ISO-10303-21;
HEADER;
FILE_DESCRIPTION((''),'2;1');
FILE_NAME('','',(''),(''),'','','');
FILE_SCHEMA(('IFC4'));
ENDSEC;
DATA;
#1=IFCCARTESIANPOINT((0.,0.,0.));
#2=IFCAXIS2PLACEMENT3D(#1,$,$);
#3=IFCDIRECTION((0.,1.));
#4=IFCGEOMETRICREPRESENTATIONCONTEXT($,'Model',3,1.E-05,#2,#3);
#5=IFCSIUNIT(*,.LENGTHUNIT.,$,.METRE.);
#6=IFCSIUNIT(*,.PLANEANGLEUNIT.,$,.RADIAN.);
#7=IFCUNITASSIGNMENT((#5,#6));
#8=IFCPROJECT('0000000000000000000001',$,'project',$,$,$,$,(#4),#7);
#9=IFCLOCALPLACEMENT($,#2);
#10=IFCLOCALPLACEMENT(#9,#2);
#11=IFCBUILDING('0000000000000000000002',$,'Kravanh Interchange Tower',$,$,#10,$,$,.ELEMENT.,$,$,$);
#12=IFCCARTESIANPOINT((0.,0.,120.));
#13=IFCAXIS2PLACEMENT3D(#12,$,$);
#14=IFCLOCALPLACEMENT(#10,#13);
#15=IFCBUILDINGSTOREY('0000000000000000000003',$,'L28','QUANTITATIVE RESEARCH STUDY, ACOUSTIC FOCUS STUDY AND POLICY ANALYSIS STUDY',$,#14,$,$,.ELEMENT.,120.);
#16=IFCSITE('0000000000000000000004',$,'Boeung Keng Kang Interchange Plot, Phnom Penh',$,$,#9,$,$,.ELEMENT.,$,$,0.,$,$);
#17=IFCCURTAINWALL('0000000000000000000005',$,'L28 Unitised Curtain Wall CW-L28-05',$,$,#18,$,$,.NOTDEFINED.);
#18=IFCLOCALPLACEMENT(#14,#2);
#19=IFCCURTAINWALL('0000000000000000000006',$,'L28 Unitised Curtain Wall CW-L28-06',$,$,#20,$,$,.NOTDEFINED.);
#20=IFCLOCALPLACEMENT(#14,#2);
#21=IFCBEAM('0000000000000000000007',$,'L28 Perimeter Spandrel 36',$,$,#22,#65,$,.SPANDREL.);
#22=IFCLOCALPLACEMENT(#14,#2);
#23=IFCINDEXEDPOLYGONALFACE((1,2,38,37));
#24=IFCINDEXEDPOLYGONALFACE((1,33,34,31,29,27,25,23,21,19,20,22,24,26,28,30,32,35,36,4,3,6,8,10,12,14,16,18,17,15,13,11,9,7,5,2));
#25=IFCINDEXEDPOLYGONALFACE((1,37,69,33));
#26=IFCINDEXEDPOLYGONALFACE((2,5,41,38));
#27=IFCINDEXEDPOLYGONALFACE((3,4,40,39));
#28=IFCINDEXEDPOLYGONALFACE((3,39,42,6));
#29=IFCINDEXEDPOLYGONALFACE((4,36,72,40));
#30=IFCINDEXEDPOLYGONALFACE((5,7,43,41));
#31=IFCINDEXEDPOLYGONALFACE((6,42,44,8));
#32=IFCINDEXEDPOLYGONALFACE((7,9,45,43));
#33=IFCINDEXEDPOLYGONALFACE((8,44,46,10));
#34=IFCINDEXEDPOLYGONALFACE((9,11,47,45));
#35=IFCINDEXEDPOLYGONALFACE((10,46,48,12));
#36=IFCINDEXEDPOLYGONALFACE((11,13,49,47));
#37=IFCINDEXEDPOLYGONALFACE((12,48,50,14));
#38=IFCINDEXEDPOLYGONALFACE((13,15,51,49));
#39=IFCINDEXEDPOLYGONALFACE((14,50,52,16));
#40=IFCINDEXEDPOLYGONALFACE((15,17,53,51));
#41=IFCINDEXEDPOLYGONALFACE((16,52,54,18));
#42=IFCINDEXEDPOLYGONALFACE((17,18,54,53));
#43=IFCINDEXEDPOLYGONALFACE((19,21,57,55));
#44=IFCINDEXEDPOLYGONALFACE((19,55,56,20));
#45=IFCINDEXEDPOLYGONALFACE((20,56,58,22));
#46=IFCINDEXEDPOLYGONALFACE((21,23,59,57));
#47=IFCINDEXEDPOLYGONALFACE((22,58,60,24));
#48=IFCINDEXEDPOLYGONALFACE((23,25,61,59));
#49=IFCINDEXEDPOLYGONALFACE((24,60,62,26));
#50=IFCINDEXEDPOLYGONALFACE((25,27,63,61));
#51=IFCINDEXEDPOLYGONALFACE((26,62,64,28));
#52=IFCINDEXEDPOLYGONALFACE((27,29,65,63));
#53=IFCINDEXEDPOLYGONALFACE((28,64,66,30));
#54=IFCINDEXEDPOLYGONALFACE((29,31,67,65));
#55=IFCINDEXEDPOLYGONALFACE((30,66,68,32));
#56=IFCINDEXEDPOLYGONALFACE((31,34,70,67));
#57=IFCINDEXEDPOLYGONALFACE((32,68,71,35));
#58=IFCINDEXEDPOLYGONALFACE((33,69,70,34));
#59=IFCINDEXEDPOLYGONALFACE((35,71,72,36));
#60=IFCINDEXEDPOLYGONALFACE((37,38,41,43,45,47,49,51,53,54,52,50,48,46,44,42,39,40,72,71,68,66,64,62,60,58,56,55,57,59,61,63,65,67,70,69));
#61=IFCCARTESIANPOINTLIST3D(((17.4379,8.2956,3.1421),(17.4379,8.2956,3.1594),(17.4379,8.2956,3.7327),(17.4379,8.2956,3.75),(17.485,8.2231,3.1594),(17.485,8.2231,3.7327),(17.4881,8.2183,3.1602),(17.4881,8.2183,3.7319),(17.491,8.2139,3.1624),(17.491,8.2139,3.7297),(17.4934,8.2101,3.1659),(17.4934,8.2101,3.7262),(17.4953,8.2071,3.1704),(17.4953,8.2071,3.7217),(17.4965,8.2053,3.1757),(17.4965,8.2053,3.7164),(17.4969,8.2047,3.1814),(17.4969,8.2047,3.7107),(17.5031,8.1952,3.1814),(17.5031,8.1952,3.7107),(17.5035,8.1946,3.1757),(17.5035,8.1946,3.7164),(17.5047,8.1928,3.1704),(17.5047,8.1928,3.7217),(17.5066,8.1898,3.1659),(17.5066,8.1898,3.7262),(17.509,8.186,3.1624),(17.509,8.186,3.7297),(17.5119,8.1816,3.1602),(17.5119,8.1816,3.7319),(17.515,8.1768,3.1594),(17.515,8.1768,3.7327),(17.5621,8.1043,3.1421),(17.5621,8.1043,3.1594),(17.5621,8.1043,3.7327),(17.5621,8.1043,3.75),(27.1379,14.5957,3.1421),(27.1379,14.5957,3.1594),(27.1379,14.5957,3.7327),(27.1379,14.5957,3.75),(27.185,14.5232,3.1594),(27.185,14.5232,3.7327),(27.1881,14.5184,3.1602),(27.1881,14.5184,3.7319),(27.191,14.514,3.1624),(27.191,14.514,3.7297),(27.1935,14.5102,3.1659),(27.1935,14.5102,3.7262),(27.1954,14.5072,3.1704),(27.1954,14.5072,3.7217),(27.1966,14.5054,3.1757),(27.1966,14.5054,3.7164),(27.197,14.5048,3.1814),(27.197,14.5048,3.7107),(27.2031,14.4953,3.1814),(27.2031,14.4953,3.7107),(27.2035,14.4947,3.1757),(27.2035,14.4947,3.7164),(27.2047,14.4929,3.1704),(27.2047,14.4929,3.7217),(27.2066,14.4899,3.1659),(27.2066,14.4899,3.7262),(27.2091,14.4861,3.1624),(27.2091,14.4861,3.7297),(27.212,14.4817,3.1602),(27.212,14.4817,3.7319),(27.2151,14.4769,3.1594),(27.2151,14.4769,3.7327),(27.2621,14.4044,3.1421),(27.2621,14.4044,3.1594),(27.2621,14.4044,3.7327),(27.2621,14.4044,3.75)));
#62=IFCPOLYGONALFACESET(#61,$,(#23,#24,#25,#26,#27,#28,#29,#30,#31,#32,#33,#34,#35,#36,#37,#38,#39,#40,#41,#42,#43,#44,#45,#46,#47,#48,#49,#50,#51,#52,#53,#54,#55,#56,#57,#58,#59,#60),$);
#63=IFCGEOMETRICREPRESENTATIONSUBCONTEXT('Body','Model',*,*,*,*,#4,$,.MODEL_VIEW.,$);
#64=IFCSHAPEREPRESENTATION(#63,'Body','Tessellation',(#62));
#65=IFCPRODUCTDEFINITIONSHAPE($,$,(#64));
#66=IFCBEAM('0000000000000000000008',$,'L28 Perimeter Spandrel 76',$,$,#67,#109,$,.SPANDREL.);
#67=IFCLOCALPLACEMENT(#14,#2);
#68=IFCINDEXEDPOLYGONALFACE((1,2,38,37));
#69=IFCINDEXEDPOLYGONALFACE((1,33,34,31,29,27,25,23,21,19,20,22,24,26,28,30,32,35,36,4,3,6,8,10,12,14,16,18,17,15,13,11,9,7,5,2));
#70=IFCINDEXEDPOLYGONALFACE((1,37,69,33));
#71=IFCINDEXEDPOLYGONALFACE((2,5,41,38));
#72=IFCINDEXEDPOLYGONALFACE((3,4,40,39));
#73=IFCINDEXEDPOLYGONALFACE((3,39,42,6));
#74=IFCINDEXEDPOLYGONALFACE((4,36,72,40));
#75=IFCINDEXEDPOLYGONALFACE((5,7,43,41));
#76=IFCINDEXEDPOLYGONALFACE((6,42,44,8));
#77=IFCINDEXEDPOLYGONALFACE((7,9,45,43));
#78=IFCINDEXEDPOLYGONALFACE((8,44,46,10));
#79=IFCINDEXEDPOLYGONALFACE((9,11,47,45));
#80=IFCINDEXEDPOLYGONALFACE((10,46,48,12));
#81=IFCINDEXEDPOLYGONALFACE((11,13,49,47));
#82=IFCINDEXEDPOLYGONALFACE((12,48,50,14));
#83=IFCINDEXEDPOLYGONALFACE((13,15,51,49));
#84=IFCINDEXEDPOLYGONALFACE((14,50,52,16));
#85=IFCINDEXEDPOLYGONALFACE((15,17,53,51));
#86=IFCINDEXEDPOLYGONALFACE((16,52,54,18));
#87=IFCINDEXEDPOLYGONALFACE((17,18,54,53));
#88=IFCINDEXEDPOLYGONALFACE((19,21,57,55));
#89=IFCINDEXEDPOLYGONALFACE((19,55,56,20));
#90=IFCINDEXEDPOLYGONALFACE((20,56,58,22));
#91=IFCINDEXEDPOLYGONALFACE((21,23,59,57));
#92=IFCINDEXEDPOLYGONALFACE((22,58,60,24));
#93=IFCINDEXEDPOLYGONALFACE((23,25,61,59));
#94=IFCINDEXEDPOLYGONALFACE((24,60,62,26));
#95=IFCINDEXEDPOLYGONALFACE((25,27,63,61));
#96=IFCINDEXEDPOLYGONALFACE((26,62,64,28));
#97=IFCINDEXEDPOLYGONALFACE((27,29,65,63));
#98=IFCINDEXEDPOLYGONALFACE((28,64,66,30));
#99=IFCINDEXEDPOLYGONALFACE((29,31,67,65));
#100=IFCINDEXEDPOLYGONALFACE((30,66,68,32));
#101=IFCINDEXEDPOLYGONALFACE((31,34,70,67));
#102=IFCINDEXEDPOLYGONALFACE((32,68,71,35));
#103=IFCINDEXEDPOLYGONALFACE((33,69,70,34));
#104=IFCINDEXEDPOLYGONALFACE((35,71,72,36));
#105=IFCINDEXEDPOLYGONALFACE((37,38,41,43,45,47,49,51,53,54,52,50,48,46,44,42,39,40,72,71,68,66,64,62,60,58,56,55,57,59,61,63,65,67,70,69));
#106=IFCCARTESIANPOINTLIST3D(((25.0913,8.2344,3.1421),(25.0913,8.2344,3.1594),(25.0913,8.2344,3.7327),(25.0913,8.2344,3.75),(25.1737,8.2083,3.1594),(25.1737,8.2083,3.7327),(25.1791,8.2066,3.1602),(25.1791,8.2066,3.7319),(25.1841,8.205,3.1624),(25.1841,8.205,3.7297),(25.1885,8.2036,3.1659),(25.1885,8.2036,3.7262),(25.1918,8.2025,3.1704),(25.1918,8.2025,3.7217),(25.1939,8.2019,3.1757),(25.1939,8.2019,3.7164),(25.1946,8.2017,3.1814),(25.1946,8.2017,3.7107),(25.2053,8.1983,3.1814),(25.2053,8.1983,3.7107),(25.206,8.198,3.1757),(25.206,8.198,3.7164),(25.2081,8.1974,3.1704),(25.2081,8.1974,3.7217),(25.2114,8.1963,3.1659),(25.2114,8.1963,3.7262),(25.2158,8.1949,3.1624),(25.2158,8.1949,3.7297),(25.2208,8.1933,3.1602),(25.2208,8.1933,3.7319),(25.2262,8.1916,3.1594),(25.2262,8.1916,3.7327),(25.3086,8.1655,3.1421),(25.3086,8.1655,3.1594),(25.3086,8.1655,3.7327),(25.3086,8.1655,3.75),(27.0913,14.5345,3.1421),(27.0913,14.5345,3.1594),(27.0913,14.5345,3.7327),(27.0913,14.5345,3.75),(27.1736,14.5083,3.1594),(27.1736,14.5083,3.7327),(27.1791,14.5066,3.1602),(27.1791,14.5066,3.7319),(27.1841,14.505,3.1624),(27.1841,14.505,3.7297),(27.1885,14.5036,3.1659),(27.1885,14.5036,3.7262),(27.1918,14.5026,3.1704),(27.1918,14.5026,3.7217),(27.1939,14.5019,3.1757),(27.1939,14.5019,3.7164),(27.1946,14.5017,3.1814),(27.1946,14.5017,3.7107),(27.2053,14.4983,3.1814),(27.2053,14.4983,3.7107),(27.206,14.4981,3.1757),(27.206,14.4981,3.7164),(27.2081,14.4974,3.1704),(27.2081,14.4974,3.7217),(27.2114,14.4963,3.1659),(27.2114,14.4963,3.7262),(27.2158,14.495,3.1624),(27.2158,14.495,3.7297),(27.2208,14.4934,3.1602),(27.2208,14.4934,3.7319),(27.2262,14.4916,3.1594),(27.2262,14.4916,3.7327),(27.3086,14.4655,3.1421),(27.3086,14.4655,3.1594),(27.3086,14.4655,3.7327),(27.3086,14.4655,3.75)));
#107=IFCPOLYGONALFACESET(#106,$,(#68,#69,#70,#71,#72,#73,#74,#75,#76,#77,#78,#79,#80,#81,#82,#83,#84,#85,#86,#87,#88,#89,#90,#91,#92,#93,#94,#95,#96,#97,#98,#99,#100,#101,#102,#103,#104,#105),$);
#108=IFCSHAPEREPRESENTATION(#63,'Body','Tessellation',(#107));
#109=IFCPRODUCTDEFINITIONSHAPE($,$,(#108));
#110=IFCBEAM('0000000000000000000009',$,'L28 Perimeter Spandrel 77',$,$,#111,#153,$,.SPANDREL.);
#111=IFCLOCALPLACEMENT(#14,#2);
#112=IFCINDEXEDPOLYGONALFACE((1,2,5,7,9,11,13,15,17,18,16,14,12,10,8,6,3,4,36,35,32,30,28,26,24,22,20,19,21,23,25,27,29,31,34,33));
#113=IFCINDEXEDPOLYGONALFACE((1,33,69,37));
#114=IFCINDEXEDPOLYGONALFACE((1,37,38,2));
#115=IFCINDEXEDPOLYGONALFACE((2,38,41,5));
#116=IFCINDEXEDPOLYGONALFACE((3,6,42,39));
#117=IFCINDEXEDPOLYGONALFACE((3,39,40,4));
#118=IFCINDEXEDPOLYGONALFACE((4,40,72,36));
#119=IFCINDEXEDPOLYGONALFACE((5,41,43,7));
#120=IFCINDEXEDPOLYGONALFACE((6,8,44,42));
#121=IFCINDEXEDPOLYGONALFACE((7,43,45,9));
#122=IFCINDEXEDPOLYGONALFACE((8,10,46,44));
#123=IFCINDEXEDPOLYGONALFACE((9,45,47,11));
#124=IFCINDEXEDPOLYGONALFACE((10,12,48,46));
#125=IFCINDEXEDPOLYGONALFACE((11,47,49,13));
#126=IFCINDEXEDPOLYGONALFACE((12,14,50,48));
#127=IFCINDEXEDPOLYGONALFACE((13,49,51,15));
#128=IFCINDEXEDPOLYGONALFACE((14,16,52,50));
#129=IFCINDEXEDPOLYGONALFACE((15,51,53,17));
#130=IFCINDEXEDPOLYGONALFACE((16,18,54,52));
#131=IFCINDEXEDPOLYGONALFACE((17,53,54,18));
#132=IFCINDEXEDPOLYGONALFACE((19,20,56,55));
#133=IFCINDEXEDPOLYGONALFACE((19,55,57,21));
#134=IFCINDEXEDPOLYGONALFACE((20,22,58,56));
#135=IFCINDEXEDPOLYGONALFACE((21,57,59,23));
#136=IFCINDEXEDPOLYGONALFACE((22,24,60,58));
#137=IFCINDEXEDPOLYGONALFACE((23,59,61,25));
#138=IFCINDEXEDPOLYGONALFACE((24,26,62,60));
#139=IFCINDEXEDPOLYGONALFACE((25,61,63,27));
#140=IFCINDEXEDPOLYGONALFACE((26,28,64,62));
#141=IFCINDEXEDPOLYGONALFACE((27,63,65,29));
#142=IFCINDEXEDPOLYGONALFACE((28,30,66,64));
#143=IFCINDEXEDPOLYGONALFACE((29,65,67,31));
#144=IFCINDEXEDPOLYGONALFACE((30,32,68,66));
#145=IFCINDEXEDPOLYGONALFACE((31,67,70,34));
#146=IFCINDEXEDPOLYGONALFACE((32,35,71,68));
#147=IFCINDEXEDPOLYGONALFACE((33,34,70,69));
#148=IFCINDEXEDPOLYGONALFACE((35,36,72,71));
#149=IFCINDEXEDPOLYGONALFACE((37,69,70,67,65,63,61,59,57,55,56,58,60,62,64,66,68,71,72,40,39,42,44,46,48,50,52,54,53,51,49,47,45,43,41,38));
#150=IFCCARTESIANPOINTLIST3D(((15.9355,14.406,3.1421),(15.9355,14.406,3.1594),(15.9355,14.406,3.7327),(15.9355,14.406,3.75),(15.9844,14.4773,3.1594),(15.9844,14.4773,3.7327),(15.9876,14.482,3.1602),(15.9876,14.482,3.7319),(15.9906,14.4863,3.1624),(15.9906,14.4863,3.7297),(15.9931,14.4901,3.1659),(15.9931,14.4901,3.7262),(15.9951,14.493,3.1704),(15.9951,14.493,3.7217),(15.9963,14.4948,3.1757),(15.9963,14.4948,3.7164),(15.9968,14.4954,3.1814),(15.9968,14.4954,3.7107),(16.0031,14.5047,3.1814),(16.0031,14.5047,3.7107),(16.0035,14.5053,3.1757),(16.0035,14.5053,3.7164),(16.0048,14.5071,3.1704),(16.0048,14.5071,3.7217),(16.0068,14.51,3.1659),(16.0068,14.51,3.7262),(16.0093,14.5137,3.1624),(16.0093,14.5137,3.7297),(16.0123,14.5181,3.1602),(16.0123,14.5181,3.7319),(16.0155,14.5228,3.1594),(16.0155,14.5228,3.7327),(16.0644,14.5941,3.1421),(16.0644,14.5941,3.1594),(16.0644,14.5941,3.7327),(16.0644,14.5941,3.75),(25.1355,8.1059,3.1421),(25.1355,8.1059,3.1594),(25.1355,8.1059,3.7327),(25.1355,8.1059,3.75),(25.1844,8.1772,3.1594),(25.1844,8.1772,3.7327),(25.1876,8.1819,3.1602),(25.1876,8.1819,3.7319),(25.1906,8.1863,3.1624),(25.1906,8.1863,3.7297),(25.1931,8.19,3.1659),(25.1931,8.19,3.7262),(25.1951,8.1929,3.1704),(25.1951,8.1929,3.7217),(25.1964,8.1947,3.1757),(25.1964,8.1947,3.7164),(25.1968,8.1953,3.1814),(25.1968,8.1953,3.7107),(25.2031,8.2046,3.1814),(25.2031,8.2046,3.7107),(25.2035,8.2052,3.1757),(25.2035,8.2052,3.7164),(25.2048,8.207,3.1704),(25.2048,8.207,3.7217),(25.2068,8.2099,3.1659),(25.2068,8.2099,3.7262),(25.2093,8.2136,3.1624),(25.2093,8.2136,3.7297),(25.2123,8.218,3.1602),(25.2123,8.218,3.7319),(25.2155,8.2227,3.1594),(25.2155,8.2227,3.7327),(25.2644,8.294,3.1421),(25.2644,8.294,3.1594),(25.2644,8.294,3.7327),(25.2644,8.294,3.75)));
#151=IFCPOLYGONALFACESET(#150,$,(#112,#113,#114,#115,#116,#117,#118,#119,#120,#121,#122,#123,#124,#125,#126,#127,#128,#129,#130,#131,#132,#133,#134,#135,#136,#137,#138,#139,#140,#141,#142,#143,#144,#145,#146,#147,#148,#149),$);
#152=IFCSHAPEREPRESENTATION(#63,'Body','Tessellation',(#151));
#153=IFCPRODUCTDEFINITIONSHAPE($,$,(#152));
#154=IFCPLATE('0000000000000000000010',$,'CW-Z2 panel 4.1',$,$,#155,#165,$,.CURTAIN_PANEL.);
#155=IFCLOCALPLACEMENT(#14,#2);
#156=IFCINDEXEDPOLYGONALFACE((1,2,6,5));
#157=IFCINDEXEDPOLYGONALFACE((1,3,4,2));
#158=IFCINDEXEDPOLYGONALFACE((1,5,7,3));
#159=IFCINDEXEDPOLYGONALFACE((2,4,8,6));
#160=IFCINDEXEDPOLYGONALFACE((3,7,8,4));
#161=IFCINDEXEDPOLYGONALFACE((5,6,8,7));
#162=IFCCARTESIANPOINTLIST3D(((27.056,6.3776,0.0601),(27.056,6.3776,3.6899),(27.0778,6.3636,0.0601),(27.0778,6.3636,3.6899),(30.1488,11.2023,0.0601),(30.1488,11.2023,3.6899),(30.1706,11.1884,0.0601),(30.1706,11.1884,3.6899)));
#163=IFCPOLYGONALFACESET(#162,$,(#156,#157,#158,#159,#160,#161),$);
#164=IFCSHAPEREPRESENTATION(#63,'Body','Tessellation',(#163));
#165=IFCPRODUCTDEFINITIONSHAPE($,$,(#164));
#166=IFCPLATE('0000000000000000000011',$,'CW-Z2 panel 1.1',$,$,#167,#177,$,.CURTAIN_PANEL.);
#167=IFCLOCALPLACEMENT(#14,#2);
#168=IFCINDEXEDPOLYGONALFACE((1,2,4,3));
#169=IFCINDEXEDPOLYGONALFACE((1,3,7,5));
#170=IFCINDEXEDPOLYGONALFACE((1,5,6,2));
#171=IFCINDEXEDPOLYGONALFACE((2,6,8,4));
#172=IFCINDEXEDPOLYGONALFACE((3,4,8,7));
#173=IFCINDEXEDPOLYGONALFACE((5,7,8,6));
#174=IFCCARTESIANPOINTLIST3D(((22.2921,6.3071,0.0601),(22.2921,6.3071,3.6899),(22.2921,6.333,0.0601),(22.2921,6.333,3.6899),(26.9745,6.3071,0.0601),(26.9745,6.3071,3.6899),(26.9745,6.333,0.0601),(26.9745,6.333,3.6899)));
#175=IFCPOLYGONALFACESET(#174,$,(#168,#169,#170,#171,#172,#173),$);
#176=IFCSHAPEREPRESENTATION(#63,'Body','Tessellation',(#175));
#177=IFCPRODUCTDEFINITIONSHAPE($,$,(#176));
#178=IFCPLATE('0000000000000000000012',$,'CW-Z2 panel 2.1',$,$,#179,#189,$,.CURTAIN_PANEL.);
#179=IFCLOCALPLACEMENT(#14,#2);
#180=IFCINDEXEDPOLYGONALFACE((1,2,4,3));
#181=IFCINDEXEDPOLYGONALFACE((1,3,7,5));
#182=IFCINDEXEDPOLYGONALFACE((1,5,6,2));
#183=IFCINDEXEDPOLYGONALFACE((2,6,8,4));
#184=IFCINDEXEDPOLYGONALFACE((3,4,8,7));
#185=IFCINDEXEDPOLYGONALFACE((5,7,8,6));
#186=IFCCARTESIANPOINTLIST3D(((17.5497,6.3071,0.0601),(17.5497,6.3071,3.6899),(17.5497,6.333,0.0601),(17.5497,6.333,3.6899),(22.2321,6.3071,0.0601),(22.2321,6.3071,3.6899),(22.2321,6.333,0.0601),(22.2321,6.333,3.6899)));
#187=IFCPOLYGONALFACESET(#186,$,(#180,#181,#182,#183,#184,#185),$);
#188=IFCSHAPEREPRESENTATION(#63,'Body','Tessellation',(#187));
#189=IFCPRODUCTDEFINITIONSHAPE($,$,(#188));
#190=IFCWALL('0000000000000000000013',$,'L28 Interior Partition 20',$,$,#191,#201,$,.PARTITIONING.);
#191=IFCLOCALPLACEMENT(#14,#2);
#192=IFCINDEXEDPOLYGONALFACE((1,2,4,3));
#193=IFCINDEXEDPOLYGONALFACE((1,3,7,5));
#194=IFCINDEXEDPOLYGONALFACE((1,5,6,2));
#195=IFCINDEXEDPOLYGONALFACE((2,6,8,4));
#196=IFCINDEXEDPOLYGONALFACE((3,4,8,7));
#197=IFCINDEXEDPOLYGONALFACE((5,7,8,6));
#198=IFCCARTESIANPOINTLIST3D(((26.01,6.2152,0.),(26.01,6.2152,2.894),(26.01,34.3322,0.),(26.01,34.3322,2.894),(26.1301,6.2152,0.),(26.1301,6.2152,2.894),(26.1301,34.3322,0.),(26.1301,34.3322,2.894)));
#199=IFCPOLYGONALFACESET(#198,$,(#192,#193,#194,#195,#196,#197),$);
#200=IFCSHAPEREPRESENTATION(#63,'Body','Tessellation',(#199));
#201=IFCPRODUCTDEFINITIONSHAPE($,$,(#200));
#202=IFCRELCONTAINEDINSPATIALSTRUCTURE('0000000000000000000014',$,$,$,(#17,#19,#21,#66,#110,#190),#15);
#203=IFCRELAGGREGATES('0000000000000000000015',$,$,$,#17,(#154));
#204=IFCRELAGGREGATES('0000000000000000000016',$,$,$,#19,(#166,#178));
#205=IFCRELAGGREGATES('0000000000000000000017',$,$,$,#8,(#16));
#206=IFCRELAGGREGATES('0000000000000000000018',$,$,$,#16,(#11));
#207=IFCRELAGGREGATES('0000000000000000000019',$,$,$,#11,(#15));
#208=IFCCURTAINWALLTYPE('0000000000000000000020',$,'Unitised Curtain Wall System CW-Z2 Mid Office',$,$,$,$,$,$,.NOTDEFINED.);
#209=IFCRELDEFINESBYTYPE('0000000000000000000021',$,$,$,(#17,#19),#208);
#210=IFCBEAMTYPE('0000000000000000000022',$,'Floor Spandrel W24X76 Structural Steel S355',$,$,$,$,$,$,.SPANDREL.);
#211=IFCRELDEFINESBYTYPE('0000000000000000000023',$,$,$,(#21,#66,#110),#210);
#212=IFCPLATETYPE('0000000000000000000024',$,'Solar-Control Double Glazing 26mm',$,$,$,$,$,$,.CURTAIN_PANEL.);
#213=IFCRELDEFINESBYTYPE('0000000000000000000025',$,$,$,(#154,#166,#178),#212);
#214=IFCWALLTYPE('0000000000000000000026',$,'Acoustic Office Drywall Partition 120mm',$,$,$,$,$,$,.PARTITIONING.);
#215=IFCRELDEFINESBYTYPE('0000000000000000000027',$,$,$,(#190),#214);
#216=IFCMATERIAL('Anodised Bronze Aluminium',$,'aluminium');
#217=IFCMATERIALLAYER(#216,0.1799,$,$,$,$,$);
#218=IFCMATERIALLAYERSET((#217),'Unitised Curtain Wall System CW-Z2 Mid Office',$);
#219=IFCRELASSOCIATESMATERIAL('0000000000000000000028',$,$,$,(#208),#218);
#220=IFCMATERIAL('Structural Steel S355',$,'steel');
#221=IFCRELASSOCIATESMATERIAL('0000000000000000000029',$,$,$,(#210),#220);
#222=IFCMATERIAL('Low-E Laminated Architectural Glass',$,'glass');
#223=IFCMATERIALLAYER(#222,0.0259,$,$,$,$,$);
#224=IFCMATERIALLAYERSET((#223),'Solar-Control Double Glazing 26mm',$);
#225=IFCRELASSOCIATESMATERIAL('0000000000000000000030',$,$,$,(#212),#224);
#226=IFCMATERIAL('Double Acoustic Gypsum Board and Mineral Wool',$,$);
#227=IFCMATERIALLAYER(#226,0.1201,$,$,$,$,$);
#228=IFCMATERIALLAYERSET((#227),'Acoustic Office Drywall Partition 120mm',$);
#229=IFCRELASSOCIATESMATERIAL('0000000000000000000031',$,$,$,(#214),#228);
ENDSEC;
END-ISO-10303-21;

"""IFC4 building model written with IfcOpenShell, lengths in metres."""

from ifc_helpers import new_model, si_unit, direction, frame, frame_2d, origin, origin_2d, place, context, subcontext, project, spatial, rectangle, i_section, extrude, material, layer, layer_set, material_profile, profile_set, type_object, element, aggregate, save


model = new_model("IFC4")

# Units and contexts
model_context = context("Model", 3, precision=1e-05, world=origin(), true_north=direction((0.0, 1.0)))
body_context = subcontext(model_context, "Body", "Model", "MODEL_VIEW")
ifc_project = project(units=[si_unit("LENGTHUNIT", "METRE"), si_unit("PLANEANGLEUNIT", "RADIAN")], contexts=[model_context])

# Site, building, storey
site_placement = place(None, origin())
site = spatial("IfcSite", under=ifc_project, at=site_placement, Name="Boeung Keng Kang Interchange Plot, Phnom Penh", CompositionType="ELEMENT", RefElevation=0.0)
building_placement = place(site_placement, origin())
building = spatial("IfcBuilding", under=site, at=building_placement, Name="Kravanh Interchange Tower", CompositionType="ELEMENT")
storey_placement = place(building_placement, frame((0.0, 0.0, 120.0)))
storey = spatial("IfcBuildingStorey", under=building, at=storey_placement, Name="L28", Description="QUANTITATIVE RESEARCH STUDY, ACOUSTIC FOCUS STUDY AND POLICY ANALYSIS STUDY", CompositionType="ELEMENT", Elevation=120.0)

# Curtain wall
ifc_material_1 = material(Name="Anodised Bronze Aluminium", Category="aluminium")
ifc_layer_1 = layer(ifc_material_1, 0.1799)
ifc_layer_set_1 = layer_set([ifc_layer_1], Name="Unitised Curtain Wall System CW-Z2 Mid Office")
curtain_wall_type = type_object("IfcCurtainWallType", Name="Unitised Curtain Wall System CW-Z2 Mid Office", PredefinedType="NOTDEFINED", material=ifc_layer_set_1)
curtain_wall_1_placement = place(storey_placement, origin())
curtain_wall_1 = element("IfcCurtainWall", 1, at=curtain_wall_1_placement, inside=storey, type_object=curtain_wall_type, Name="L28 Unitised Curtain Wall CW-L28-05", PredefinedType="NOTDEFINED")

# Curtain wall
curtain_wall_2_placement = place(storey_placement, origin())
curtain_wall_2 = element("IfcCurtainWall", 2, at=curtain_wall_2_placement, inside=storey, type_object=curtain_wall_type, Name="L28 Unitised Curtain Wall CW-L28-06", PredefinedType="NOTDEFINED")

# Beams
ifc_material_2 = material(Name="Structural Steel S355", Category="steel")
ifc_material_profile_1 = material_profile(ifc_material_2, i_section(OverallWidth=0.228, OverallDepth=0.6079, WebThickness=0.0112, FlangeThickness=0.0173, FilletRadius=0.022, at=origin_2d()), Name="W24X76")
ifc_profile_set_1 = profile_set([ifc_material_profile_1], Name="Structural Steel S355")
beam_type_1 = type_object("IfcBeamType", Name="Floor Spandrel W24X76 Structural Steel S355", PredefinedType="SPANDREL", material=ifc_profile_set_1)
beam_1_placement = place(storey_placement, frame((17.5, 8.2, 3.446), z_axis=(0.838638, 0.544689, 0.0), x_axis=(-0.544689, 0.838638, 0.0)))
element("IfcBeam", 3, at=beam_1_placement, inside=storey, type_object=beam_type_1, Name="L28 Perimeter Spandrel 36", PredefinedType="SPANDREL", context=body_context, shape_type="SweptSolid", body=[
    extrude(i_section(OverallWidth=0.228, OverallDepth=0.6079, WebThickness=0.0112, FlangeThickness=0.0173, FilletRadius=0.022, at=origin_2d()), origin(), (0.0, 0.0, 1.0), 11.5664),
])
beam_2_placement = place(storey_placement, frame((25.2, 8.2, 3.446), z_axis=(0.302577, 0.953125, 0.0), x_axis=(-0.953125, 0.302577, 0.0)))
element("IfcBeam", 4, at=beam_2_placement, inside=storey, type_object=beam_type_1, Name="L28 Perimeter Spandrel 76", PredefinedType="SPANDREL", context=body_context, shape_type="SweptSolid", body=[
    extrude(i_section(OverallWidth=0.228, OverallDepth=0.6079, WebThickness=0.0112, FlangeThickness=0.0173, FilletRadius=0.022, at=origin_2d()), origin(), (0.0, 0.0, 1.0), 6.6099),
])
beam_3_placement = place(storey_placement, frame((25.2, 8.2, 3.446), z_axis=(-0.825084, 0.56501, 0.0), x_axis=(-0.56501, -0.825084, 0.0)))
element("IfcBeam", 5, at=beam_3_placement, inside=storey, type_object=beam_type_1, Name="L28 Perimeter Spandrel 77", PredefinedType="SPANDREL", context=body_context, shape_type="SweptSolid", body=[
    extrude(i_section(OverallWidth=0.228, OverallDepth=0.6079, WebThickness=0.0112, FlangeThickness=0.0173, FilletRadius=0.022, at=origin_2d()), origin(), (0.0, 0.0, 1.0), 11.1504),
])

# Plates
ifc_material_3 = material(Name="Low-E Laminated Architectural Glass", Category="glass")
ifc_layer_2 = layer(ifc_material_3, 0.0259)
ifc_layer_set_2 = layer_set([ifc_layer_2], Name="Solar-Control Double Glazing 26mm")
plate_type = type_object("IfcPlateType", Name="Solar-Control Double Glazing 26mm", PredefinedType="CURTAIN_PANEL", material=ifc_layer_set_2)
plate_1_placement = place(storey_placement, frame((28.6133, 8.783, 0.0601), z_axis=(0.0, 0.0, 1.0), x_axis=(-0.539665, -0.84188, 0.0)))
plate_1 = element("IfcPlate", 6, at=plate_1_placement, type_object=plate_type, Name="CW-Z2 panel 4.1", PredefinedType="CURTAIN_PANEL", context=body_context, shape_type="SweptSolid", body=[
    extrude(rectangle(XDim=5.731, YDim=0.0259, at=origin_2d()), origin(), (0.0, 0.0, 1.0), 3.6299),
])
aggregate(curtain_wall_1, [plate_1])
plate_2_placement = place(storey_placement, frame((24.6333, 6.3201, 0.0601), z_axis=(0.0, 0.0, 1.0), x_axis=(-1.0, 0.0, 0.0)))
plate_2 = element("IfcPlate", 7, at=plate_2_placement, type_object=plate_type, Name="CW-Z2 panel 1.1", PredefinedType="CURTAIN_PANEL", context=body_context, shape_type="SweptSolid", body=[
    extrude(rectangle(XDim=4.6824, YDim=0.0259, at=origin_2d()), origin(), (0.0, 0.0, 1.0), 3.6299),
])
plate_3_placement = place(storey_placement, frame((19.8909, 6.3201, 0.0601), z_axis=(0.0, 0.0, 1.0), x_axis=(-1.0, 0.0, 0.0)))
plate_3 = element("IfcPlate", 8, at=plate_3_placement, type_object=plate_type, Name="CW-Z2 panel 2.1", PredefinedType="CURTAIN_PANEL", context=body_context, shape_type="SweptSolid", body=[
    extrude(rectangle(XDim=4.6824, YDim=0.0259, at=origin_2d()), origin(), (0.0, 0.0, 1.0), 3.6299),
])
aggregate(curtain_wall_2, [plate_2, plate_3])

# Wall
ifc_material_4 = material(Name="Double Acoustic Gypsum Board and Mineral Wool")
ifc_layer_3 = layer(ifc_material_4, 0.1201)
ifc_layer_set_3 = layer_set([ifc_layer_3], Name="Acoustic Office Drywall Partition 120mm")
wall_type = type_object("IfcWallType", Name="Acoustic Office Drywall Partition 120mm", PredefinedType="PARTITIONING", material=ifc_layer_set_3)
wall_placement = place(storey_placement, frame((26.0701, 6.2151, 0.0), z_axis=(0.0, 0.0, 1.0), x_axis=(0.0, 1.0, 0.0)))
element("IfcWall", 9, at=wall_placement, inside=storey, type_object=wall_type, Name="L28 Interior Partition 20", PredefinedType="PARTITIONING", context=body_context, shape_type="SweptSolid", body=[
    extrude(rectangle(XDim=28.1169, YDim=0.1201, at=frame_2d((14.0586, 0.0))), origin(), (0.0, 0.0, 1.0), 2.894),
])

save(model, "model.ifc")
